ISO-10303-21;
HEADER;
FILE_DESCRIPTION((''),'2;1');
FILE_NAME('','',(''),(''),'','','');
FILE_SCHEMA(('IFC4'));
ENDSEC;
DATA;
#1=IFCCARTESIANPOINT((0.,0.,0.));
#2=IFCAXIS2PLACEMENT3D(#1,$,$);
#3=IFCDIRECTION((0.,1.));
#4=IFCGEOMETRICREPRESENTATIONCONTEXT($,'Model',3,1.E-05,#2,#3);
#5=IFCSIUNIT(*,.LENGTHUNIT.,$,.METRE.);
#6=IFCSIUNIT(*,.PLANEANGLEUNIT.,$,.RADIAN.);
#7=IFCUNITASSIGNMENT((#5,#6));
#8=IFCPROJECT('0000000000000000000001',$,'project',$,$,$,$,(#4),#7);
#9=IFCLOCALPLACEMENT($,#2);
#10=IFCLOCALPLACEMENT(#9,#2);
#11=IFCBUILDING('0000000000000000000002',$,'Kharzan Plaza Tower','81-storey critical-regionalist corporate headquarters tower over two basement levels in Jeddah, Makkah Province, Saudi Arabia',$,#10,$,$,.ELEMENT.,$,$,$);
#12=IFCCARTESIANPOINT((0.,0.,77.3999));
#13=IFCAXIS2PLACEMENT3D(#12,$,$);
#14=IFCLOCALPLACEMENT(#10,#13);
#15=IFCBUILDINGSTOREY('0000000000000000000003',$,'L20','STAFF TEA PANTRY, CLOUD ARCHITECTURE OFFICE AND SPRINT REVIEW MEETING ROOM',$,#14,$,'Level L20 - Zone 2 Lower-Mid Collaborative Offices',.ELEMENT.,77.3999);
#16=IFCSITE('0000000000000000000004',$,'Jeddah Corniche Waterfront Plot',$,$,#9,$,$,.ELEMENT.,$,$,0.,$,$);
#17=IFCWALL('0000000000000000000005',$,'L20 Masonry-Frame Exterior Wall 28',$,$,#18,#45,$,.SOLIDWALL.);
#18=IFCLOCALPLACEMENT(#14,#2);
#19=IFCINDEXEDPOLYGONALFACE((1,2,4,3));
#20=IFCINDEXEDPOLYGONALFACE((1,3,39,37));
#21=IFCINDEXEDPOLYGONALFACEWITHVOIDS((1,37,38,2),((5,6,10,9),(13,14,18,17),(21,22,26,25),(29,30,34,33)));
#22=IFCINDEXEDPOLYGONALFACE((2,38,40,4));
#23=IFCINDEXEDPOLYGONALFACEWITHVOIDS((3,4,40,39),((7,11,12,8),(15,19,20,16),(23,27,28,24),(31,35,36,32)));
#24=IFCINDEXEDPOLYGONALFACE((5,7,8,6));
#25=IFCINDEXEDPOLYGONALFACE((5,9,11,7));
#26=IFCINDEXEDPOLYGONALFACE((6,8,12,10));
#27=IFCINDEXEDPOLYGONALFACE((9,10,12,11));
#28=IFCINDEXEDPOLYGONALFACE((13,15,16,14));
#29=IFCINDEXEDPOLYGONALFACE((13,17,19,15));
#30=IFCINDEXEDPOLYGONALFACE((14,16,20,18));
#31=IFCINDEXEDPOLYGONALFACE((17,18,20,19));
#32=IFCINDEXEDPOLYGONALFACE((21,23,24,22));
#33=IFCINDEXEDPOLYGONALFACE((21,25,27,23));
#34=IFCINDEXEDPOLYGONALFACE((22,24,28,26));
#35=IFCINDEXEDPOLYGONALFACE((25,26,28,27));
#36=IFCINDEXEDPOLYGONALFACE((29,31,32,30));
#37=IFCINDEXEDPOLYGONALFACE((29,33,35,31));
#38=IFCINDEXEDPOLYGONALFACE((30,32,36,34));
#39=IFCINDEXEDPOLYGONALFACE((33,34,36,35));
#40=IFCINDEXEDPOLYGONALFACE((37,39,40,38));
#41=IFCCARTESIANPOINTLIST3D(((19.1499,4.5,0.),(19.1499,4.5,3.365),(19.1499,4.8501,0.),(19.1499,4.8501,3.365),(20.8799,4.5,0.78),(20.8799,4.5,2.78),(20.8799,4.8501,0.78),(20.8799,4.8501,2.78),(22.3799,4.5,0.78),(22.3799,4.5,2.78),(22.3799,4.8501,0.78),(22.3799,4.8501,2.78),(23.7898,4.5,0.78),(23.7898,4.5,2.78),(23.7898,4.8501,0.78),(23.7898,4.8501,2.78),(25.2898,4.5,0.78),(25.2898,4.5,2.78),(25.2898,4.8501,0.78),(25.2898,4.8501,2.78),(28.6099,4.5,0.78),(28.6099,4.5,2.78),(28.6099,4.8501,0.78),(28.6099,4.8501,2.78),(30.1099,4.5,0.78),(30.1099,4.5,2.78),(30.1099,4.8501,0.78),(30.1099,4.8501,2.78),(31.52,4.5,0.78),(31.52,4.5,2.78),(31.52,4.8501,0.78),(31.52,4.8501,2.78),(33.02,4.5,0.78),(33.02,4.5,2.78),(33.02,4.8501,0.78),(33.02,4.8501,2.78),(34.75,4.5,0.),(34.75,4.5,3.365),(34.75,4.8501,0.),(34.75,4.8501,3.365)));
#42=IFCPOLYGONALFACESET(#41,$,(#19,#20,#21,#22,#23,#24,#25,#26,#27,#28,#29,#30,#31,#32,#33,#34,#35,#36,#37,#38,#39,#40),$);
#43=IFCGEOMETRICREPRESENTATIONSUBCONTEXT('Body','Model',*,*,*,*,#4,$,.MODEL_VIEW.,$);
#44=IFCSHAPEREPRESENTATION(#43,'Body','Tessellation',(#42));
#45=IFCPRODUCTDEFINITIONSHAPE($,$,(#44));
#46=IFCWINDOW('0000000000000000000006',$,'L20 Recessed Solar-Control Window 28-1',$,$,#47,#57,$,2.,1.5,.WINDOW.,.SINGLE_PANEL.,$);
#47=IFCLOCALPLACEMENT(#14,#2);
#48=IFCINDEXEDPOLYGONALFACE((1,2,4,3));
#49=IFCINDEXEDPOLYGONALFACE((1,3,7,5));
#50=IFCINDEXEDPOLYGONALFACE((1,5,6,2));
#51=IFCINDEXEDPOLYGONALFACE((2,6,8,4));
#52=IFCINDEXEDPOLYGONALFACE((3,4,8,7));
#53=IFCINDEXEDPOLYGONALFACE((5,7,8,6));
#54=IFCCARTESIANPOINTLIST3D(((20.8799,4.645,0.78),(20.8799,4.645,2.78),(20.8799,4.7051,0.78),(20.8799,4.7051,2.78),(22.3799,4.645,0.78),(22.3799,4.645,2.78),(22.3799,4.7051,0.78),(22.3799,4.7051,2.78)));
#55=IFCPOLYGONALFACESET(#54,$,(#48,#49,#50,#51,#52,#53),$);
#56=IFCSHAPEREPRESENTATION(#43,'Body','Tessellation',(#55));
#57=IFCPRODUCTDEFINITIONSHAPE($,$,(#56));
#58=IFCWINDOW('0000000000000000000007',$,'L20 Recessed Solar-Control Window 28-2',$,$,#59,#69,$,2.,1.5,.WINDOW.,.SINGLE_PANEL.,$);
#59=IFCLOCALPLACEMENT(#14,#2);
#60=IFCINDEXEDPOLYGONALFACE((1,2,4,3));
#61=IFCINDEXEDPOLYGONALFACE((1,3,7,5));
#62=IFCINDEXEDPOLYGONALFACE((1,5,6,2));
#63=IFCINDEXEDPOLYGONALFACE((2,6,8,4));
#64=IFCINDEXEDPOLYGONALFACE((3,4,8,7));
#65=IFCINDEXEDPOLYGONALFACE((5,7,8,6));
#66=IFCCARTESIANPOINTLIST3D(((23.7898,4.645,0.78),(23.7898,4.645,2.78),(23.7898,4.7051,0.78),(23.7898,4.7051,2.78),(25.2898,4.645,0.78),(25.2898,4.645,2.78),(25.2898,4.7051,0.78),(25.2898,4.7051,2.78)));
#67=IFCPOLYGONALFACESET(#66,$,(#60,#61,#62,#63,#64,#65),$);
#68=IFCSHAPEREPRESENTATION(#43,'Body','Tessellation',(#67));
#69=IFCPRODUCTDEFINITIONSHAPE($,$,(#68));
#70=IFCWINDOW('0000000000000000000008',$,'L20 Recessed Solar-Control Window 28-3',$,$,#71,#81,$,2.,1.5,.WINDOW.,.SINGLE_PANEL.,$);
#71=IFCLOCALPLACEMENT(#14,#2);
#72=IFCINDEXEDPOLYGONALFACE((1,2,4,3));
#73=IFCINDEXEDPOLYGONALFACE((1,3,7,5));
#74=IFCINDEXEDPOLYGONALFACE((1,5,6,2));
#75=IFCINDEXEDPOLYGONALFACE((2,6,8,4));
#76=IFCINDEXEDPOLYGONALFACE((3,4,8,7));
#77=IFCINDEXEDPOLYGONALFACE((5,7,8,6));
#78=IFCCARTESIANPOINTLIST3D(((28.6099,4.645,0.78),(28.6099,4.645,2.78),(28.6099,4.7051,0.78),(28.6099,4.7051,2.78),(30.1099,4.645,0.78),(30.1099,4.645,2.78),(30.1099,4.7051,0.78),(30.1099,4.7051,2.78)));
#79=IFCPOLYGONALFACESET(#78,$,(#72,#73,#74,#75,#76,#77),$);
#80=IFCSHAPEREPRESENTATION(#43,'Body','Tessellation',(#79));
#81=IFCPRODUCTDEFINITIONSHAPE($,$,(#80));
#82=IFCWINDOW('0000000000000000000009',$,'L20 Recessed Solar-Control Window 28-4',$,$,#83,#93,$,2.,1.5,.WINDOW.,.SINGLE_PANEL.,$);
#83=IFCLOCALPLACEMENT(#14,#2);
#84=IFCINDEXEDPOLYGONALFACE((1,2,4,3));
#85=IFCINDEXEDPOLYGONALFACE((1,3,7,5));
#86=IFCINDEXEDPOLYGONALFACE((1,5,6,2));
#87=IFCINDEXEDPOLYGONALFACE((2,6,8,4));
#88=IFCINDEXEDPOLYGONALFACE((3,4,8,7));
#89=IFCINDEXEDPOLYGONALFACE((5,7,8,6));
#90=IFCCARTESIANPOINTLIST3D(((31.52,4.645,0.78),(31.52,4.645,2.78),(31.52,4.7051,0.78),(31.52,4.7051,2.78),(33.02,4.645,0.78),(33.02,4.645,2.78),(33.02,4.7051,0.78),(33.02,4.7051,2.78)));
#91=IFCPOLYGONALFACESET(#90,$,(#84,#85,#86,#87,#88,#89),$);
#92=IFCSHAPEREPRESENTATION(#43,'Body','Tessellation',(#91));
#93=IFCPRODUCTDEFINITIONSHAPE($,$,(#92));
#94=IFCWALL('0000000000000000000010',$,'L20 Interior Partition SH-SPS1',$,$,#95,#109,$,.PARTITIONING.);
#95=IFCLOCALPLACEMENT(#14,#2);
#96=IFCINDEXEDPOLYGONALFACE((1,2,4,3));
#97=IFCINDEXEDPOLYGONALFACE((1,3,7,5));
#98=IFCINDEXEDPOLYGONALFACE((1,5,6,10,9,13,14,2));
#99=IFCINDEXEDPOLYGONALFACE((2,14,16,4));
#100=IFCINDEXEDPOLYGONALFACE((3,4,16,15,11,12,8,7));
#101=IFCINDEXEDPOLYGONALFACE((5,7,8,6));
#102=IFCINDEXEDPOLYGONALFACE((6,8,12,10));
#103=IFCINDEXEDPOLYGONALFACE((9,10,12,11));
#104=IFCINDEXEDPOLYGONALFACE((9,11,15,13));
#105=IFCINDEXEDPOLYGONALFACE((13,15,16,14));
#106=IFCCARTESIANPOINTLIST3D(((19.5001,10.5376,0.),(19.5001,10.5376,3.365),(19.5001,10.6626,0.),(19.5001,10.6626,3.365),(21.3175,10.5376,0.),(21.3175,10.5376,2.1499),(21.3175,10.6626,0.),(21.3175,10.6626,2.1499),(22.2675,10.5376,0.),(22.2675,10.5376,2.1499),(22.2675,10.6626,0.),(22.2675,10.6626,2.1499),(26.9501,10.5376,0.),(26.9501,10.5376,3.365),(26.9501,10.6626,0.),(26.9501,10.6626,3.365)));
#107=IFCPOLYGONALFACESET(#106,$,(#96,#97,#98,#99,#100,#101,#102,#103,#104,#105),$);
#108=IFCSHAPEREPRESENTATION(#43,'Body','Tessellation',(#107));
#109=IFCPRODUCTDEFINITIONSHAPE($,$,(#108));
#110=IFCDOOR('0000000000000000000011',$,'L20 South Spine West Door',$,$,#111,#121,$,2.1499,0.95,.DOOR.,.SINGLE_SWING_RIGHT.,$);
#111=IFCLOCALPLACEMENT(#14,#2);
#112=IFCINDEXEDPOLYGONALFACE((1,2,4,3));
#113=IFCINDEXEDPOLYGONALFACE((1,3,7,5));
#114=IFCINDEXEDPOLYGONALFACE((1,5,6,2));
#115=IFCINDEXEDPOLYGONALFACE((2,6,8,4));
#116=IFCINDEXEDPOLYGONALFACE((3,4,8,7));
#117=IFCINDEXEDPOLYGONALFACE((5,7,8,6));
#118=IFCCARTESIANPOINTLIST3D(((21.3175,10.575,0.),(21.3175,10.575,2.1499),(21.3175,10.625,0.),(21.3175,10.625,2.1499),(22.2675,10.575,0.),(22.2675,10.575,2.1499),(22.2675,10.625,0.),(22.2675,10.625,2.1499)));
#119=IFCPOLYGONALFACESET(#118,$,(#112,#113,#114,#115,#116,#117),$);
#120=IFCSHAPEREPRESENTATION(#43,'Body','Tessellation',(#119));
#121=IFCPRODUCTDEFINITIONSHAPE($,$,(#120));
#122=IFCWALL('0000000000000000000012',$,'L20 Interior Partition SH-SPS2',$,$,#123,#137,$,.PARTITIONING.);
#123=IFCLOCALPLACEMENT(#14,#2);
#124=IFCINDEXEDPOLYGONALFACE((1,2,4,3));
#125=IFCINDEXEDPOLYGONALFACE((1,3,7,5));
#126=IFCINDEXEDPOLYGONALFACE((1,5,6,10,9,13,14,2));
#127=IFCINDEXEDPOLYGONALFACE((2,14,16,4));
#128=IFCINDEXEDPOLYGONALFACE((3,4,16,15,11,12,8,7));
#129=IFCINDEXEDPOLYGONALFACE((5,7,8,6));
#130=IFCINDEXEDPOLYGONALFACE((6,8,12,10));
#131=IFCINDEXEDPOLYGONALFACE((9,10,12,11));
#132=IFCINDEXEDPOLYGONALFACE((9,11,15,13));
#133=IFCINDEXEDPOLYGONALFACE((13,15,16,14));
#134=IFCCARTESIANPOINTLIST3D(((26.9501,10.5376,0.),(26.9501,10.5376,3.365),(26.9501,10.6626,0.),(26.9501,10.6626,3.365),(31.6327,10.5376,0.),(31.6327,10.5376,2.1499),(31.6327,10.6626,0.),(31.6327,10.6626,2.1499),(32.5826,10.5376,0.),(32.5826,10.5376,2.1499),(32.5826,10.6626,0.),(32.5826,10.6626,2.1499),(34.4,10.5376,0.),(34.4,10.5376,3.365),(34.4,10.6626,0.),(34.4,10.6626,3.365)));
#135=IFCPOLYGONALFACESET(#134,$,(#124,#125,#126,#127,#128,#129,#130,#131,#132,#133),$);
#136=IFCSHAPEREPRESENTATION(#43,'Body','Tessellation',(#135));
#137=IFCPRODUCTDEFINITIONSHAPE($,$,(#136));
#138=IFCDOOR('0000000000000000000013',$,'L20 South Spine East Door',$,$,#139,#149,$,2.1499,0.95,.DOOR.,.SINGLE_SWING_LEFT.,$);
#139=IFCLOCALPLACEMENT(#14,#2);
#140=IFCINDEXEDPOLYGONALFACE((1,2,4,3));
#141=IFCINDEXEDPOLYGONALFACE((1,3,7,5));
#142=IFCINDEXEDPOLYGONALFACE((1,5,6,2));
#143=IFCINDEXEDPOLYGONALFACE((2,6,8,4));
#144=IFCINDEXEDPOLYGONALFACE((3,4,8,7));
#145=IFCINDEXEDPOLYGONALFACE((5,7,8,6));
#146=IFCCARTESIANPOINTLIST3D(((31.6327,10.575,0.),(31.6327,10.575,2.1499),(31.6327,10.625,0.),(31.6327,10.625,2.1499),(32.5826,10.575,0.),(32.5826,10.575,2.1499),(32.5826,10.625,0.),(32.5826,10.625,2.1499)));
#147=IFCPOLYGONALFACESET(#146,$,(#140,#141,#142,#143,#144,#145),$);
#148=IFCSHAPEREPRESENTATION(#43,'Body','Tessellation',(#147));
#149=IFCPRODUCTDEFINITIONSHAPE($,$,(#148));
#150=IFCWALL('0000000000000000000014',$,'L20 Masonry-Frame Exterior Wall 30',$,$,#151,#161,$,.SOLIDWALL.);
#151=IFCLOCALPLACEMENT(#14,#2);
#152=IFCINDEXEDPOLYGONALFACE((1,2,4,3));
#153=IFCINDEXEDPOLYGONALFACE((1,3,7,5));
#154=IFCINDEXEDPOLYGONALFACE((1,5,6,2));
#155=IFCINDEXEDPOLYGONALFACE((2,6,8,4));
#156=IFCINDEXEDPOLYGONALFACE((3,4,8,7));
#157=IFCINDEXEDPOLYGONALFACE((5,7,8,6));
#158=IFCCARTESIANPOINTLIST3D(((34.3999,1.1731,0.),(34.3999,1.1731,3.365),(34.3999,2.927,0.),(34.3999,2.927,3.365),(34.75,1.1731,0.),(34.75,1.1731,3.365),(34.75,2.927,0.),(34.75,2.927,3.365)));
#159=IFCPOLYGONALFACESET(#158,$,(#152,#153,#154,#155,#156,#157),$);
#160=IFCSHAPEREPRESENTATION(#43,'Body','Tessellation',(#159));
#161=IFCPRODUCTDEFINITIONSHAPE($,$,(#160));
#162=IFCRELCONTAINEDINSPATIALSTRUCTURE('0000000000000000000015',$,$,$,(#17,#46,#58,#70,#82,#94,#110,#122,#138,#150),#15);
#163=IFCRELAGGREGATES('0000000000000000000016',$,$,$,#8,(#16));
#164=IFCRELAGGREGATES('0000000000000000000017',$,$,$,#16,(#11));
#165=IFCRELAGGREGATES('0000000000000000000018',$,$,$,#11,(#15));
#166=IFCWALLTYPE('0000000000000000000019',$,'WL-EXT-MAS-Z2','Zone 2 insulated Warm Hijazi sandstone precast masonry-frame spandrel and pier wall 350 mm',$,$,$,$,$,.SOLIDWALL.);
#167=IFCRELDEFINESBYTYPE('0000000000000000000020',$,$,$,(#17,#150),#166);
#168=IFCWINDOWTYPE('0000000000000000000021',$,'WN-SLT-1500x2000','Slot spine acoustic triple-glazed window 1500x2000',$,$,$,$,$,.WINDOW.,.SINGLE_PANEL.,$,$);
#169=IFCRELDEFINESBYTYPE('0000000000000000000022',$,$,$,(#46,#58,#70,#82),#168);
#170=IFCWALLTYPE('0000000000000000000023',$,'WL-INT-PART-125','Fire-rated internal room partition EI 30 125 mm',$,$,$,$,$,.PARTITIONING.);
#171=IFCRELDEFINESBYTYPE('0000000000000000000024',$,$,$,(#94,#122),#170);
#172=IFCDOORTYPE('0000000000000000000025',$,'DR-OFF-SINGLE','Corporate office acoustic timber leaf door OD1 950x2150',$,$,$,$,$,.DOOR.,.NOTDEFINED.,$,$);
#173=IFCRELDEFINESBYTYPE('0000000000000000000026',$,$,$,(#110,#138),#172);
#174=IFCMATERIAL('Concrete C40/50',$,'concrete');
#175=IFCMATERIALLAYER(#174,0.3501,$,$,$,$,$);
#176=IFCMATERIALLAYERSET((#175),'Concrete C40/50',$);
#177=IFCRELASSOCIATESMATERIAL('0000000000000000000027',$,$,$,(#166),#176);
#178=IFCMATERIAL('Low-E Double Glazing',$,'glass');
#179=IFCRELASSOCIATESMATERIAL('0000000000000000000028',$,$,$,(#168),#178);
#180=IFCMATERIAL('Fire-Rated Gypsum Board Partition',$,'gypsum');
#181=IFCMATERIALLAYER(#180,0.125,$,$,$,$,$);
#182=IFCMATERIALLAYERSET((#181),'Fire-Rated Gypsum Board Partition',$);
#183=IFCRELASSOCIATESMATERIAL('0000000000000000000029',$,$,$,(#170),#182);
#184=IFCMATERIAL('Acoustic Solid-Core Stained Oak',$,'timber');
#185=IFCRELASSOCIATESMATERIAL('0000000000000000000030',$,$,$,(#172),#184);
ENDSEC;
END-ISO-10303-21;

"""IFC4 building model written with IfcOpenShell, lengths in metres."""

from ifc_helpers import new_model, si_unit, direction, frame, frame_2d, origin, place, context, subcontext, project, spatial, rectangle, extrude, source, transform, mapped, material, layer, layer_set, type_object, element, fill, save


model = new_model("IFC4")

# Units and contexts
model_context = context("Model", 3, precision=1e-05, world=origin(), true_north=direction((0.0, 1.0)))
body_context = subcontext(model_context, "Body", "Model", "MODEL_VIEW")
ifc_project = project(units=[si_unit("LENGTHUNIT", "METRE"), si_unit("PLANEANGLEUNIT", "RADIAN")], contexts=[model_context])

# Site, building, storey
site_placement = place(None, origin())
site = spatial("IfcSite", under=ifc_project, at=site_placement, Name="Jeddah Corniche Waterfront Plot", CompositionType="ELEMENT", RefElevation=0.0)
building_placement = place(site_placement, origin())
building = spatial("IfcBuilding", under=site, at=building_placement, Name="Kharzan Plaza Tower", Description="81-storey critical-regionalist corporate headquarters tower over two basement levels in Jeddah, Makkah Province, Saudi Arabia", CompositionType="ELEMENT")
storey_placement = place(building_placement, frame((0.0, 0.0, 77.3999)))
storey = spatial("IfcBuildingStorey", under=building, at=storey_placement, Name="L20", Description="STAFF TEA PANTRY, CLOUD ARCHITECTURE OFFICE AND SPRINT REVIEW MEETING ROOM", LongName="Level L20 - Zone 2 Lower-Mid Collaborative Offices", CompositionType="ELEMENT", Elevation=77.3999)

# Wall, openings, windows
ifc_material_1 = material(Name="Concrete C40/50", Category="concrete")
ifc_layer_1 = layer(ifc_material_1, 0.3501)
ifc_layer_set_1 = layer_set([ifc_layer_1], Name="Concrete C40/50")
wall_type_1 = type_object("IfcWallType", Name="WL-EXT-MAS-Z2", Description="Zone 2 insulated Warm Hijazi sandstone precast masonry-frame spandrel and pier wall 350 mm", PredefinedType="SOLIDWALL", material=ifc_layer_set_1)
wall_1_placement = place(storey_placement, frame((19.1499, 4.675, 0.0), z_axis=(0.0, 0.0, 1.0), x_axis=(1.0, 0.0, 0.0)))
wall_1 = element("IfcWall", 1, at=wall_1_placement, inside=storey, type_object=wall_type_1, Name="L20 Masonry-Frame Exterior Wall 28", PredefinedType="SOLIDWALL", context=body_context, shape_type="SweptSolid", body=[
    extrude(rectangle(XDim=15.6001, YDim=0.3501, at=frame_2d((7.8, 0.0))), origin(), (0.0, 0.0, 1.0), 3.365),
])
opening_1_placement = place(wall_1_placement, frame((1.73, 0.0, 0.78)))
opening_1 = element("IfcOpeningElement", 2, at=opening_1_placement, cuts=wall_1, PredefinedType="OPENING", context=body_context, shape_type="SweptSolid", body=[
    extrude(rectangle(XDim=1.5, YDim=2.0, at=frame_2d((0.75, 1.0))), frame((0.0, 0.1851, 0.0), z_axis=(0.0, -1.0, 0.0), x_axis=(1.0, 0.0, 0.0)), (0.0, 0.0, 1.0), 0.3701),
])
opening_2_placement = place(wall_1_placement, frame((4.6399, 0.0, 0.78)))
opening_2 = element("IfcOpeningElement", 3, at=opening_2_placement, cuts=wall_1, PredefinedType="OPENING", context=body_context, shape_type="SweptSolid", body=[
    extrude(rectangle(XDim=1.5, YDim=2.0, at=frame_2d((0.75, 1.0))), frame((0.0, 0.1851, 0.0), z_axis=(0.0, -1.0, 0.0), x_axis=(1.0, 0.0, 0.0)), (0.0, 0.0, 1.0), 0.3701),
])
opening_3_placement = place(wall_1_placement, frame((9.46, 0.0, 0.78)))
opening_3 = element("IfcOpeningElement", 4, at=opening_3_placement, cuts=wall_1, PredefinedType="OPENING", context=body_context, shape_type="SweptSolid", body=[
    extrude(rectangle(XDim=1.5, YDim=2.0, at=frame_2d((0.75, 1.0))), frame((0.0, 0.1851, 0.0), z_axis=(0.0, -1.0, 0.0), x_axis=(1.0, 0.0, 0.0)), (0.0, 0.0, 1.0), 0.3701),
])
opening_4_placement = place(wall_1_placement, frame((12.3701, 0.0, 0.78)))
opening_4 = element("IfcOpeningElement", 5, at=opening_4_placement, cuts=wall_1, PredefinedType="OPENING", context=body_context, shape_type="SweptSolid", body=[
    extrude(rectangle(XDim=1.5, YDim=2.0, at=frame_2d((0.75, 1.0))), frame((0.0, 0.1851, 0.0), z_axis=(0.0, -1.0, 0.0), x_axis=(1.0, 0.0, 0.0)), (0.0, 0.0, 1.0), 0.3701),
])
ifc_material_2 = material(Name="Low-E Double Glazing", Category="glass")
window_type = type_object("IfcWindowType", Name="WN-SLT-1500x2000", Description="Slot spine acoustic triple-glazed window 1500x2000", PartitioningType="SINGLE_PANEL", PredefinedType="WINDOW", material=ifc_material_2)
shared_shape_1 = source(origin(), body_context, "Body", "SweptSolid", [
    extrude(rectangle(XDim=1.5, YDim=2.0, at=frame_2d((0.75, 1.0))), frame((0.0, 0.03, 0.0), z_axis=(0.0, -1.0, 0.0), x_axis=(1.0, 0.0, 0.0)), (0.0, 0.0, 1.0), 0.0601),
])
window_1_placement = place(opening_1_placement, origin())
window_1 = element("IfcWindow", 6, at=window_1_placement, inside=storey, type_object=window_type, Name="L20 Recessed Solar-Control Window 28-1", OverallHeight=2.0, OverallWidth=1.5, PartitioningType="SINGLE_PANEL", PredefinedType="WINDOW", context=body_context, shape_type="MappedRepresentation", body=[
    mapped(shared_shape_1, transform((0.0, 0.0, 0.0), x_axis=(1.0, 0.0, 0.0), y_axis=(0.0, 1.0, 0.0), z_axis=(0.0, 0.0, 1.0))),
])
fill(opening_1, window_1)
window_2_placement = place(opening_2_placement, origin())
window_2 = element("IfcWindow", 7, at=window_2_placement, inside=storey, type_object=window_type, Name="L20 Recessed Solar-Control Window 28-2", OverallHeight=2.0, OverallWidth=1.5, PartitioningType="SINGLE_PANEL", PredefinedType="WINDOW", context=body_context, shape_type="MappedRepresentation", body=[
    mapped(shared_shape_1, transform((0.0, 0.0, 0.0), x_axis=(1.0, 0.0, 0.0), y_axis=(0.0, 1.0, 0.0), z_axis=(0.0, 0.0, 1.0))),
])
fill(opening_2, window_2)
window_3_placement = place(opening_3_placement, origin())
window_3 = element("IfcWindow", 8, at=window_3_placement, inside=storey, type_object=window_type, Name="L20 Recessed Solar-Control Window 28-3", OverallHeight=2.0, OverallWidth=1.5, PartitioningType="SINGLE_PANEL", PredefinedType="WINDOW", context=body_context, shape_type="MappedRepresentation", body=[
    mapped(shared_shape_1, transform((0.0, 0.0, 0.0), x_axis=(1.0, 0.0, 0.0), y_axis=(0.0, 1.0, 0.0), z_axis=(0.0, 0.0, 1.0))),
])
fill(opening_3, window_3)
window_4_placement = place(opening_4_placement, origin())
window_4 = element("IfcWindow", 9, at=window_4_placement, inside=storey, type_object=window_type, Name="L20 Recessed Solar-Control Window 28-4", OverallHeight=2.0, OverallWidth=1.5, PartitioningType="SINGLE_PANEL", PredefinedType="WINDOW", context=body_context, shape_type="MappedRepresentation", body=[
    mapped(shared_shape_1, transform((0.0, 0.0, 0.0), x_axis=(1.0, 0.0, 0.0), y_axis=(0.0, 1.0, 0.0), z_axis=(0.0, 0.0, 1.0))),
])
fill(opening_4, window_4)

# Walls, openings, doors
ifc_material_3 = material(Name="Fire-Rated Gypsum Board Partition", Category="gypsum")
ifc_layer_2 = layer(ifc_material_3, 0.125)
ifc_layer_set_2 = layer_set([ifc_layer_2], Name="Fire-Rated Gypsum Board Partition")
wall_type_2 = type_object("IfcWallType", Name="WL-INT-PART-125", Description="Fire-rated internal room partition EI 30 125 mm", PredefinedType="PARTITIONING", material=ifc_layer_set_2)
wall_2_placement = place(storey_placement, frame((19.5, 10.6001, 0.0), z_axis=(0.0, 0.0, 1.0), x_axis=(1.0, 0.0, 0.0)))
wall_2 = element("IfcWall", 10, at=wall_2_placement, inside=storey, type_object=wall_type_2, Name="L20 Interior Partition SH-SPS1", PredefinedType="PARTITIONING", context=body_context, shape_type="SweptSolid", body=[
    extrude(rectangle(XDim=7.45, YDim=0.125, at=frame_2d((3.7251, 0.0))), origin(), (0.0, 0.0, 1.0), 3.365),
])
opening_5_placement = place(wall_2_placement, frame((1.8174, 0.0, 0.0)))
opening_5 = element("IfcOpeningElement", 11, at=opening_5_placement, cuts=wall_2, PredefinedType="OPENING", context=body_context, shape_type="SweptSolid", body=[
    extrude(rectangle(XDim=0.95, YDim=2.1499, at=frame_2d((0.4751, 1.075))), frame((0.0, 0.0725, 0.0), z_axis=(0.0, -1.0, 0.0), x_axis=(1.0, 0.0, 0.0)), (0.0, 0.0, 1.0), 0.145),
])
ifc_material_4 = material(Name="Acoustic Solid-Core Stained Oak", Category="timber")
door_type = type_object("IfcDoorType", Name="DR-OFF-SINGLE", Description="Corporate office acoustic timber leaf door OD1 950x2150", OperationType="NOTDEFINED", PredefinedType="DOOR", material=ifc_material_4)
shared_shape_2 = source(origin(), body_context, "Body", "SweptSolid", [
    extrude(rectangle(XDim=0.95, YDim=2.1499, at=frame_2d((0.4751, 1.075))), frame((0.0, 0.0249, 0.0), z_axis=(0.0, -1.0, 0.0), x_axis=(1.0, 0.0, 0.0)), (0.0, 0.0, 1.0), 0.05),
])
door_1_placement = place(opening_5_placement, origin())
door_1 = element("IfcDoor", 12, at=door_1_placement, inside=storey, type_object=door_type, Name="L20 South Spine West Door", OperationType="SINGLE_SWING_RIGHT", OverallHeight=2.1499, OverallWidth=0.95, PredefinedType="DOOR", context=body_context, shape_type="MappedRepresentation", body=[
    mapped(shared_shape_2, transform((0.0, 0.0, 0.0), x_axis=(1.0, 0.0, 0.0), y_axis=(0.0, 1.0, 0.0), z_axis=(0.0, 0.0, 1.0))),
])
fill(opening_5, door_1)
wall_3_placement = place(storey_placement, frame((26.95, 10.6001, 0.0), z_axis=(0.0, 0.0, 1.0), x_axis=(1.0, 0.0, 0.0)))
wall_3 = element("IfcWall", 13, at=wall_3_placement, inside=storey, type_object=wall_type_2, Name="L20 Interior Partition SH-SPS2", PredefinedType="PARTITIONING", context=body_context, shape_type="SweptSolid", body=[
    extrude(rectangle(XDim=7.45, YDim=0.125, at=frame_2d((3.7251, 0.0))), origin(), (0.0, 0.0, 1.0), 3.365),
])
opening_6_placement = place(wall_3_placement, frame((4.6826, 0.0, 0.0)))
opening_6 = element("IfcOpeningElement", 14, at=opening_6_placement, cuts=wall_3, PredefinedType="OPENING", context=body_context, shape_type="SweptSolid", body=[
    extrude(rectangle(XDim=0.95, YDim=2.1499, at=frame_2d((0.4751, 1.075))), frame((0.0, 0.0725, 0.0), z_axis=(0.0, -1.0, 0.0), x_axis=(1.0, 0.0, 0.0)), (0.0, 0.0, 1.0), 0.145),
])
door_2_placement = place(opening_6_placement, origin())
door_2 = element("IfcDoor", 15, at=door_2_placement, inside=storey, type_object=door_type, Name="L20 South Spine East Door", OperationType="SINGLE_SWING_LEFT", OverallHeight=2.1499, OverallWidth=0.95, PredefinedType="DOOR", context=body_context, shape_type="MappedRepresentation", body=[
    mapped(shared_shape_2, transform((0.0, 0.0, 0.0), x_axis=(1.0, 0.0, 0.0), y_axis=(0.0, 1.0, 0.0), z_axis=(0.0, 0.0, 1.0))),
])
fill(opening_6, door_2)

# Wall
shared_shape_3 = source(origin(), body_context, "Body", "SweptSolid", [
    extrude(rectangle(XDim=1.7539, YDim=0.3501, at=frame_2d((0.877, 0.0))), origin(), (0.0, 0.0, 1.0), 3.365),
])
wall_4_placement = place(storey_placement, frame((34.575, 2.927, 0.0), z_axis=(0.0, 0.0, 1.0), x_axis=(0.0, -1.0, 0.0)))
element("IfcWall", 16, at=wall_4_placement, inside=storey, type_object=wall_type_1, Name="L20 Masonry-Frame Exterior Wall 30", PredefinedType="SOLIDWALL", context=body_context, shape_type="MappedRepresentation", body=[
    mapped(shared_shape_3, transform((0.0, 0.0, 0.0), x_axis=(1.0, 0.0, 0.0), y_axis=(0.0, 1.0, 0.0), z_axis=(0.0, 0.0, 1.0))),
])

save(model, "model.ifc")
